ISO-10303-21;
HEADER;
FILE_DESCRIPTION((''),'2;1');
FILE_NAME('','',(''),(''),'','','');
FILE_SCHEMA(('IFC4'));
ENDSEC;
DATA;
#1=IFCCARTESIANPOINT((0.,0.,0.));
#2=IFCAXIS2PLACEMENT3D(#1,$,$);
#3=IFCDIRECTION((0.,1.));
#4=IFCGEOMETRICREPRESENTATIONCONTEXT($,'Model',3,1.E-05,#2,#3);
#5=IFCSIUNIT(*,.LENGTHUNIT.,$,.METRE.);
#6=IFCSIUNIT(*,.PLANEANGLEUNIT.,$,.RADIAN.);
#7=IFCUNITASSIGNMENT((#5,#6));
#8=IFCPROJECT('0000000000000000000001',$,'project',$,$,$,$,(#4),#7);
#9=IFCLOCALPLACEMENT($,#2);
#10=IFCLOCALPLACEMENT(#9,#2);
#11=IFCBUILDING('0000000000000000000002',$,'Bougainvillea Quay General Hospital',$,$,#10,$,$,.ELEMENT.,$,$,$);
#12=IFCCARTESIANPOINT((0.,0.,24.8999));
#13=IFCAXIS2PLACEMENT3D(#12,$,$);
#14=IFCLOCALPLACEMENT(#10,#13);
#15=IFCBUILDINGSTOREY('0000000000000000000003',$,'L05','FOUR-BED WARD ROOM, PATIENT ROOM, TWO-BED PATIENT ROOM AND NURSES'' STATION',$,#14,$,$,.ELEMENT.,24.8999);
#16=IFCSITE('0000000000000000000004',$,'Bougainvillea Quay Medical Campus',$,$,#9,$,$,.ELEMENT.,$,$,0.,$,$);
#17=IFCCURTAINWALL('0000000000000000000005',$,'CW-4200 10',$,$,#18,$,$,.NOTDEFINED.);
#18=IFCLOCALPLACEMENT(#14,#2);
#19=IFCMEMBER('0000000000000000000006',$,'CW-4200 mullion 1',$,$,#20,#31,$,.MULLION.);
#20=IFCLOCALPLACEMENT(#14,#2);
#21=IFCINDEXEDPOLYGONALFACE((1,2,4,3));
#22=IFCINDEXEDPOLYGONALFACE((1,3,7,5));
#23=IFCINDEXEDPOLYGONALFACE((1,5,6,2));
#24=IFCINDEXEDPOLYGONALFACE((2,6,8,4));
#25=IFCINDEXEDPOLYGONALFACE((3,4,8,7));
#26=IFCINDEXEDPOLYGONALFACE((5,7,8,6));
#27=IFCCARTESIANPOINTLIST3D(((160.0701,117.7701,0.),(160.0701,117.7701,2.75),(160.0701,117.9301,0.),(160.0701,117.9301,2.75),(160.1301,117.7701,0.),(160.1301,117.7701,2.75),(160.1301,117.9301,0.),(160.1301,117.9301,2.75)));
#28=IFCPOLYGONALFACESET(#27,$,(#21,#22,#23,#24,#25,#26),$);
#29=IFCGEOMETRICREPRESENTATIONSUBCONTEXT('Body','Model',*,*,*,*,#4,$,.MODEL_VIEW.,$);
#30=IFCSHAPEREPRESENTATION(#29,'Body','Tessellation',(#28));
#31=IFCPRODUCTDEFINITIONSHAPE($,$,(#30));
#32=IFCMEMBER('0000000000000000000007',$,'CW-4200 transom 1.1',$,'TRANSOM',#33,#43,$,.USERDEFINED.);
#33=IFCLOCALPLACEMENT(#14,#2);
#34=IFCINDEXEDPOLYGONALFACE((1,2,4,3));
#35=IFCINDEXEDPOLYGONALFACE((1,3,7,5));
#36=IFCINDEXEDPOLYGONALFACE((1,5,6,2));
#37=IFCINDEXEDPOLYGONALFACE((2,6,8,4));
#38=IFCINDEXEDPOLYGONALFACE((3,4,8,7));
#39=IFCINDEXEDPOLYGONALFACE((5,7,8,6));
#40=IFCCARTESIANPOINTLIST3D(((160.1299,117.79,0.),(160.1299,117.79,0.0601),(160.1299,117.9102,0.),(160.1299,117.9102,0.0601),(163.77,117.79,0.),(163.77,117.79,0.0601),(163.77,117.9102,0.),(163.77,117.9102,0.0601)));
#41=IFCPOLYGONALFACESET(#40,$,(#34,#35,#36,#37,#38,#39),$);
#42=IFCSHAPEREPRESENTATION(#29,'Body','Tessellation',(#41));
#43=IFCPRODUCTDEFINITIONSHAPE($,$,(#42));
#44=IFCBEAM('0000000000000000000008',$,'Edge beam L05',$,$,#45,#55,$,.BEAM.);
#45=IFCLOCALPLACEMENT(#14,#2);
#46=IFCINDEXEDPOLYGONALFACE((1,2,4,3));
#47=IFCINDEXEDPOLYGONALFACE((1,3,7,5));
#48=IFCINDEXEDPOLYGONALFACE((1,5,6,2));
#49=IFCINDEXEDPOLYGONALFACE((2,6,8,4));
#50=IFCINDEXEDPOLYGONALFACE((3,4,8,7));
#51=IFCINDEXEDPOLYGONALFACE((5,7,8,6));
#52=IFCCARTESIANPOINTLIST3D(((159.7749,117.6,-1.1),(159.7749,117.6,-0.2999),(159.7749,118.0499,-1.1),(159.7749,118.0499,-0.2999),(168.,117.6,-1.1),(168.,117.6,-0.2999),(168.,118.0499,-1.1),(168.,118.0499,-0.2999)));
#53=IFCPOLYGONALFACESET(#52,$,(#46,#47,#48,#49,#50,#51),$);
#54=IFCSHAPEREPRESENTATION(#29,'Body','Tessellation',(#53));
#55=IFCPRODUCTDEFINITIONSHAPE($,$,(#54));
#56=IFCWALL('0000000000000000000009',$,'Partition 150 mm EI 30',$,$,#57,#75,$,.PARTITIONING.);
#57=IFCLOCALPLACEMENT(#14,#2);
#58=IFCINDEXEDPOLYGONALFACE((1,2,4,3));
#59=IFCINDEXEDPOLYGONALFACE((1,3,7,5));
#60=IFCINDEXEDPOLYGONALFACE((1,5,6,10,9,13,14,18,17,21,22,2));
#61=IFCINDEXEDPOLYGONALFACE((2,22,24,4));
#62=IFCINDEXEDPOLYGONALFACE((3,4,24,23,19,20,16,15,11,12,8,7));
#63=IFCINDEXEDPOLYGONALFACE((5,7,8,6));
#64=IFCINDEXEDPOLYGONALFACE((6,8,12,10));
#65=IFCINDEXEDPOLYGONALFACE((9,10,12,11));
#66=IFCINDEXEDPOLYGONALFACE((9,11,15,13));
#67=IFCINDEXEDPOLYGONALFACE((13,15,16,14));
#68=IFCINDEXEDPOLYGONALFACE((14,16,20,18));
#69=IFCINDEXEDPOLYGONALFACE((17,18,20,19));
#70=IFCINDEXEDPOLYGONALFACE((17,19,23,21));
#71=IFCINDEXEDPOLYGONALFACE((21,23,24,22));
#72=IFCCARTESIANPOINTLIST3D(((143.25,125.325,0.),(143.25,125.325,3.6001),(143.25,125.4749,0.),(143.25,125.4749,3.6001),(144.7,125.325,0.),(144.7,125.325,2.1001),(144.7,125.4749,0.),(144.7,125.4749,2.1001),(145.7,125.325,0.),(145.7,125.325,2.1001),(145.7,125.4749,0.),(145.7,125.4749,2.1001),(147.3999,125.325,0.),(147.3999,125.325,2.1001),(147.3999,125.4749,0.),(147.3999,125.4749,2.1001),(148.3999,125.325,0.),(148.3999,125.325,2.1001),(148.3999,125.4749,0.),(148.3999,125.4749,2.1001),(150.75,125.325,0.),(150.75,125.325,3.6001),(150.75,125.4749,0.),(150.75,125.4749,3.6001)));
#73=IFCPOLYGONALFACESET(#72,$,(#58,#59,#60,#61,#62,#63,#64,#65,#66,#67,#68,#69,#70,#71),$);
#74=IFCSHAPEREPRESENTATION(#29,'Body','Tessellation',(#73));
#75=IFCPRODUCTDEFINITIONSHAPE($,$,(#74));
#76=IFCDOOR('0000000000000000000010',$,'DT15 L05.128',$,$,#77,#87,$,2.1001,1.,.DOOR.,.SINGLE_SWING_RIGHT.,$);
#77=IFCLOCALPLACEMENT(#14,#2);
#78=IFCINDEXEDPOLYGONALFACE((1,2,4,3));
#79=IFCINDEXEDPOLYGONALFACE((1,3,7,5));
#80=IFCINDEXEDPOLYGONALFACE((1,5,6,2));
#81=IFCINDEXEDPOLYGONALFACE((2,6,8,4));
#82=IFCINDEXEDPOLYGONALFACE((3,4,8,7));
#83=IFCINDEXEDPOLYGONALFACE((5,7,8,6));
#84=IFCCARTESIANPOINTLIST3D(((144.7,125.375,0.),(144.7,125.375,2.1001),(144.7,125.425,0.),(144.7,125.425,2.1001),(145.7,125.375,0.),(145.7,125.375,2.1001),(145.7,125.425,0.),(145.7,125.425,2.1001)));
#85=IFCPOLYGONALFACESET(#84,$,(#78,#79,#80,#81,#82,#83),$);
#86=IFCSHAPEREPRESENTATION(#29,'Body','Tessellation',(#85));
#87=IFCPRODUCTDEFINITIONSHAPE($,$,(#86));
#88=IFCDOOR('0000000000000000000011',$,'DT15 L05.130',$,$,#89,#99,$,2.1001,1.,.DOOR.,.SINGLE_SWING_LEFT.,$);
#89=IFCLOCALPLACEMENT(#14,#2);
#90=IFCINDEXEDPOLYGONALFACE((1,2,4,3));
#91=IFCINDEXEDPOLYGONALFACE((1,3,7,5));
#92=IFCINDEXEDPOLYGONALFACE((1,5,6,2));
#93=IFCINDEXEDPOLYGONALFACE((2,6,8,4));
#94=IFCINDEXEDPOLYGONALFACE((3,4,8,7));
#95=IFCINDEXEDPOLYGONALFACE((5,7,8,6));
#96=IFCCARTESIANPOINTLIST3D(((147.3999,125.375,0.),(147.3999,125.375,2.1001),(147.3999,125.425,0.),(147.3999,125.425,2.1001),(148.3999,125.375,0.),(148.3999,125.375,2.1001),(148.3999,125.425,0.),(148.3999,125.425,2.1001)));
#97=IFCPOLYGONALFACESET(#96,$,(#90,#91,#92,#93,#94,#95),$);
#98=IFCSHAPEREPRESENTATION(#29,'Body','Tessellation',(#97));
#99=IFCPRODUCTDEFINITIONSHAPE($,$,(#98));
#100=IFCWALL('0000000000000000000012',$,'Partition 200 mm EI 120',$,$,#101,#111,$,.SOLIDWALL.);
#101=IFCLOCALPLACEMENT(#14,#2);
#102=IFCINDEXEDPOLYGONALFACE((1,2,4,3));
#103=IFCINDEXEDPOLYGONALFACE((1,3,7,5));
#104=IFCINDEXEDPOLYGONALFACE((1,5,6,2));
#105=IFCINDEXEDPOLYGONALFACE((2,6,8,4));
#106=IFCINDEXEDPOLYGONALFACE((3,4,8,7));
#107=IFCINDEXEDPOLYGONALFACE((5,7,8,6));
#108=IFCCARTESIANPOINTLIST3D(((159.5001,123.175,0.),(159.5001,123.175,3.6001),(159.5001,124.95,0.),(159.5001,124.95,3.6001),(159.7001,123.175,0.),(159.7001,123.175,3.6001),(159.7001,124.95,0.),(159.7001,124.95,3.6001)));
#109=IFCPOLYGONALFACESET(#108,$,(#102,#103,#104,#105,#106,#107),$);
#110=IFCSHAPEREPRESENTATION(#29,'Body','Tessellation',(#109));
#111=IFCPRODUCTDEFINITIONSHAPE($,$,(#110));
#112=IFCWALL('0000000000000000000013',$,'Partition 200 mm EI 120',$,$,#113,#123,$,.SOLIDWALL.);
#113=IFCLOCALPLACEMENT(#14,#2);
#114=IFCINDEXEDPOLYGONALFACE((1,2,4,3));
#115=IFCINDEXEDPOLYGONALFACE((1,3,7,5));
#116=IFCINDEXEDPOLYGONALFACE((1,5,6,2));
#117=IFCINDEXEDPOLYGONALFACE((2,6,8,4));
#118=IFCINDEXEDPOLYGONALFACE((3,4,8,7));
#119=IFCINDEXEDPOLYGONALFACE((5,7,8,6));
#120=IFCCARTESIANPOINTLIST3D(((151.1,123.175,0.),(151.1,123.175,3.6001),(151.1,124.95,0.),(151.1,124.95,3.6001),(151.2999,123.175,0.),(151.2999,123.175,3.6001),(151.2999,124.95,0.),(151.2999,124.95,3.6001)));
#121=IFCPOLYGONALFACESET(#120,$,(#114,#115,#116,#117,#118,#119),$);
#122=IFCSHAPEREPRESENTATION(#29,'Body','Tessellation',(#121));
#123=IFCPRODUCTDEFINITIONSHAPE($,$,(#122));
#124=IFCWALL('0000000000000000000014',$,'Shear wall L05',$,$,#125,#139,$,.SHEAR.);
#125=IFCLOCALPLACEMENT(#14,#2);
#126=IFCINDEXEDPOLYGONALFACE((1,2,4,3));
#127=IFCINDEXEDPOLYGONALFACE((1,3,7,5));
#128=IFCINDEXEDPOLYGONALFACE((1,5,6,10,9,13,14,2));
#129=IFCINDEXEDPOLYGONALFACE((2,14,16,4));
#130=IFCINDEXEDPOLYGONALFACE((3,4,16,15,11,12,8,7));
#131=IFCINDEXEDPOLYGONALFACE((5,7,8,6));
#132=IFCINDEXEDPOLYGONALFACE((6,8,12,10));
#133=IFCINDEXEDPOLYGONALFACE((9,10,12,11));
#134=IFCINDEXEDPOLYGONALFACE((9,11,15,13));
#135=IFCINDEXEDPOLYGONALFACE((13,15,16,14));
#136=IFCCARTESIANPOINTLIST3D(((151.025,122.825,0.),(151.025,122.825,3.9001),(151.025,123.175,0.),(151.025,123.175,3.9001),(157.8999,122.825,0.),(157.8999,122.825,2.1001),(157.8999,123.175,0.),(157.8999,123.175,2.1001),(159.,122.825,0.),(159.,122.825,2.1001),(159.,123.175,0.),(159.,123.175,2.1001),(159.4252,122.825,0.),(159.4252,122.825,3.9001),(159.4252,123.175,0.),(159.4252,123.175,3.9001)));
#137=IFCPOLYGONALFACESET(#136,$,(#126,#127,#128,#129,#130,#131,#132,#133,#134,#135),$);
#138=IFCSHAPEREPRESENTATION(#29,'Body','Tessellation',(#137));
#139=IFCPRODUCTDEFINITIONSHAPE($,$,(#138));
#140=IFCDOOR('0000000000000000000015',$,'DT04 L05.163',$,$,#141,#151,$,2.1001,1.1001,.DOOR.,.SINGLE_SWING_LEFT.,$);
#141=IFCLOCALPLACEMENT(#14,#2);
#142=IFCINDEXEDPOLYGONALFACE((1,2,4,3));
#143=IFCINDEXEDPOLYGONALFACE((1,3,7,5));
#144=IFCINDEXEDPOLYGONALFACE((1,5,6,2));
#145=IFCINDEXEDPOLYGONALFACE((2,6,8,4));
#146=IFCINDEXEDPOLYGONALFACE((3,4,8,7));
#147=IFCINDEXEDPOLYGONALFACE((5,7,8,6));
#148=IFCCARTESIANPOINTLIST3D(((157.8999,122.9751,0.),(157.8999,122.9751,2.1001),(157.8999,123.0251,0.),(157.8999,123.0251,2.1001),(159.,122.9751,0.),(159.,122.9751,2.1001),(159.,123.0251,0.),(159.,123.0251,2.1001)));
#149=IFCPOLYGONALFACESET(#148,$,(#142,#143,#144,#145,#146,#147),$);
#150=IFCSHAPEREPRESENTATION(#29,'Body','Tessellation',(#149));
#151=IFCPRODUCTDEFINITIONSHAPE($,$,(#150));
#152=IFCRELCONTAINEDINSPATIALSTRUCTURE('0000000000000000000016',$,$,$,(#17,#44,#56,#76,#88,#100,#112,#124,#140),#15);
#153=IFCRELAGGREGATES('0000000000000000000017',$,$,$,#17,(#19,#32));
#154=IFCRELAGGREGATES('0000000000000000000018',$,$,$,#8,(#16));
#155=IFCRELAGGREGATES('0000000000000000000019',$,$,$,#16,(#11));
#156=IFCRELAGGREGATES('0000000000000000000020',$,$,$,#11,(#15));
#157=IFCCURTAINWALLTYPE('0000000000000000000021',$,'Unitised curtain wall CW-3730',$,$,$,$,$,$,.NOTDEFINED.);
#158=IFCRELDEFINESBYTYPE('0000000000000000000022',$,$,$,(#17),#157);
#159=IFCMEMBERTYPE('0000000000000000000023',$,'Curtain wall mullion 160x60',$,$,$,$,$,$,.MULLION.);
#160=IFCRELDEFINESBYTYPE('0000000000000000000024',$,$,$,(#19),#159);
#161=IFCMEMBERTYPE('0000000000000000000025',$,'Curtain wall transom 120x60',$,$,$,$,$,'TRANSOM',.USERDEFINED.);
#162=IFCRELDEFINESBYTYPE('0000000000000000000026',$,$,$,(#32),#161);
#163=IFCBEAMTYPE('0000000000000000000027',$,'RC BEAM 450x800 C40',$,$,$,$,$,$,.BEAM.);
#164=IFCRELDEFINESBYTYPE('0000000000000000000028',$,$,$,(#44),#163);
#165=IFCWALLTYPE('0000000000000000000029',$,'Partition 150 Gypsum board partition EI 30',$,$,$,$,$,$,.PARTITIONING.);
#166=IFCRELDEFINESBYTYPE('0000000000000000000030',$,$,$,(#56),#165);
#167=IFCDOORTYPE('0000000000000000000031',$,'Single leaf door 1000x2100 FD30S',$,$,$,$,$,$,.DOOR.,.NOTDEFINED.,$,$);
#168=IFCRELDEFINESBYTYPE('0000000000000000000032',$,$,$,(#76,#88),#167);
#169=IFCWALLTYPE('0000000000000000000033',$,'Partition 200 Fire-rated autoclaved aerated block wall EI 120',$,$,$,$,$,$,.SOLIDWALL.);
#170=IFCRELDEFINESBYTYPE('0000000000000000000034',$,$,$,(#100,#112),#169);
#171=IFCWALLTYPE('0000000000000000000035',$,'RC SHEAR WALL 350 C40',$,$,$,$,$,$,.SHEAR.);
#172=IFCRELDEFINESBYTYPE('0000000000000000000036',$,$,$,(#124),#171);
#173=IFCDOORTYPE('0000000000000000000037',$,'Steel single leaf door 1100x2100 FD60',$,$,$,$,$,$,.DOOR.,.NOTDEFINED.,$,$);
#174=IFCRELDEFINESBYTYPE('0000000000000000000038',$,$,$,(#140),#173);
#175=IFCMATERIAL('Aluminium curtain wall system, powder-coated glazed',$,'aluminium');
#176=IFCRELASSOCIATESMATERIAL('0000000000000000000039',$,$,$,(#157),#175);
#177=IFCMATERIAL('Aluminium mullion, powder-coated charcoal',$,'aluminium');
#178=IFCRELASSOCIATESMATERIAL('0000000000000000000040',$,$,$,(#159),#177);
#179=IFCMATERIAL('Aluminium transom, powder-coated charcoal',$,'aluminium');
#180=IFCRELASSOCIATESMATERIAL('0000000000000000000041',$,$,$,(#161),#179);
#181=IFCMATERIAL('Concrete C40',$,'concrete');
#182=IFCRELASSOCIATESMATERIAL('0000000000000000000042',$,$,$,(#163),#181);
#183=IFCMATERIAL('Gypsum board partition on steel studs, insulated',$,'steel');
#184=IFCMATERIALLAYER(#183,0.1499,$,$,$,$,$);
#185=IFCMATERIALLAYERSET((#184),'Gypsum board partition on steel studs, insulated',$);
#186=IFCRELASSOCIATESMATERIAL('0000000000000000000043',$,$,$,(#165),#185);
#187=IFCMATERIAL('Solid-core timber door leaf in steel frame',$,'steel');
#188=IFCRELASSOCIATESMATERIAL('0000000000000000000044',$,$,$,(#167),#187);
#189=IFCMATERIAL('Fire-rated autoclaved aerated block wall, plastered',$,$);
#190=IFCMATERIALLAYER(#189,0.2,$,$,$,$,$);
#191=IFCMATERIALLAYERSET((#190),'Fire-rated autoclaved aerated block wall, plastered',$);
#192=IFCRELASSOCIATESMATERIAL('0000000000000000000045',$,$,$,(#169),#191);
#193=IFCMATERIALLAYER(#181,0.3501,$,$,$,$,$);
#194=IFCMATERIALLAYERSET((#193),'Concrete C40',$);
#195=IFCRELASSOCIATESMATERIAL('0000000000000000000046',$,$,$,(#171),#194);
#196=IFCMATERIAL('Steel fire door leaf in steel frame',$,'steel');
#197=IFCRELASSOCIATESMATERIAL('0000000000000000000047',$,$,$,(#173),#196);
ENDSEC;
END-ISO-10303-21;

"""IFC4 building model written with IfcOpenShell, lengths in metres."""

from ifc_helpers import new_model, si_unit, direction, frame, frame_2d, origin, origin_2d, place, context, subcontext, project, spatial, rectangle, extrude, material, layer, layer_set, material_profile, profile_set, type_object, element, fill, aggregate, save


model = new_model("IFC4")

# Units and contexts
model_context = context("Model", 3, precision=1e-05, world=origin(), true_north=direction((0.0, 1.0)))
body_context = subcontext(model_context, "Body", "Model", "MODEL_VIEW")
ifc_project = project(units=[si_unit("LENGTHUNIT", "METRE"), si_unit("PLANEANGLEUNIT", "RADIAN")], contexts=[model_context])

# Site, building, storey
site_placement = place(None, origin())
site = spatial("IfcSite", under=ifc_project, at=site_placement, Name="Bougainvillea Quay Medical Campus", CompositionType="ELEMENT", RefElevation=0.0)
building_placement = place(site_placement, origin())
building = spatial("IfcBuilding", under=site, at=building_placement, Name="Bougainvillea Quay General Hospital", CompositionType="ELEMENT")
storey_placement = place(building_placement, frame((0.0, 0.0, 24.8999)))
storey = spatial("IfcBuildingStorey", under=building, at=storey_placement, Name="L05", Description="FOUR-BED WARD ROOM, PATIENT ROOM, TWO-BED PATIENT ROOM AND NURSES' STATION", CompositionType="ELEMENT", Elevation=24.8999)

# Curtain wall, members
ifc_material_1 = material(Name="Aluminium curtain wall system, powder-coated glazed", Category="aluminium")
curtain_wall_type = type_object("IfcCurtainWallType", Name="Unitised curtain wall CW-3730", PredefinedType="NOTDEFINED", material=ifc_material_1)
curtain_wall_placement = place(storey_placement, origin())
curtain_wall = element("IfcCurtainWall", 1, at=curtain_wall_placement, inside=storey, type_object=curtain_wall_type, Name="CW-4200 10", PredefinedType="NOTDEFINED")
ifc_material_2 = material(Name="Aluminium mullion, powder-coated charcoal", Category="aluminium")
ifc_material_profile_1 = material_profile(ifc_material_2, rectangle(XDim=0.1599, YDim=0.0601, at=origin_2d()))
ifc_profile_set_1 = profile_set([ifc_material_profile_1], Name="Aluminium mullion, powder-coated charcoal")
member_type_1 = type_object("IfcMemberType", Name="Curtain wall mullion 160x60", PredefinedType="MULLION", material=ifc_profile_set_1)
member_1_placement = place(storey_placement, frame((160.1001, 117.8501, 0.0), z_axis=(0.0, 0.0, 1.0), x_axis=(0.0, 1.0, 0.0)))
member_1 = element("IfcMember", 2, at=member_1_placement, type_object=member_type_1, Name="CW-4200 mullion 1", PredefinedType="MULLION", context=body_context, shape_type="SweptSolid", body=[
    extrude(rectangle(XDim=0.1599, YDim=0.0601, at=origin_2d()), origin(), (0.0, 0.0, 1.0), 2.75),
])
ifc_material_3 = material(Name="Aluminium transom, powder-coated charcoal", Category="aluminium")
ifc_material_profile_2 = material_profile(ifc_material_3, rectangle(XDim=0.1201, YDim=0.0601, at=origin_2d()))
ifc_profile_set_2 = profile_set([ifc_material_profile_2], Name="Aluminium transom, powder-coated charcoal")
member_type_2 = type_object("IfcMemberType", Name="Curtain wall transom 120x60", ElementType="TRANSOM", PredefinedType="USERDEFINED", material=ifc_profile_set_2)
member_2_placement = place(storey_placement, frame((160.1299, 117.8501, 0.03), z_axis=(1.0, 0.0, 0.0), x_axis=(0.0, 1.0, 0.0)))
member_2 = element("IfcMember", 3, at=member_2_placement, type_object=member_type_2, Name="CW-4200 transom 1.1", ObjectType="TRANSOM", PredefinedType="USERDEFINED", context=body_context, shape_type="SweptSolid", body=[
    extrude(rectangle(XDim=0.1201, YDim=0.0601, at=origin_2d()), origin(), (0.0, 0.0, 1.0), 3.6401),
])
aggregate(curtain_wall, [member_1, member_2])

# Beam
ifc_material_4 = material(Name="Concrete C40", Category="concrete")
ifc_material_profile_3 = material_profile(ifc_material_4, rectangle(XDim=0.45, YDim=0.8, at=origin_2d()))
ifc_profile_set_3 = profile_set([ifc_material_profile_3], Name="Concrete C40")
beam_type = type_object("IfcBeamType", Name="RC BEAM 450x800 C40", PredefinedType="BEAM", material=ifc_profile_set_3)
beam_placement = place(storey_placement, frame((159.7749, 117.825, -0.7), z_axis=(1.0, 0.0, 0.0), x_axis=(0.0, 1.0, 0.0)))
element("IfcBeam", 4, at=beam_placement, inside=storey, type_object=beam_type, Name="Edge beam L05", PredefinedType="BEAM", context=body_context, shape_type="SweptSolid", body=[
    extrude(rectangle(XDim=0.45, YDim=0.8, at=origin_2d()), origin(), (0.0, 0.0, 1.0), 8.2251),
])

# Wall, openings, doors
ifc_material_5 = material(Name="Gypsum board partition on steel studs, insulated", Category="steel")
ifc_layer_1 = layer(ifc_material_5, 0.1499)
ifc_layer_set_1 = layer_set([ifc_layer_1], Name="Gypsum board partition on steel studs, insulated")
wall_type_1 = type_object("IfcWallType", Name="Partition 150 Gypsum board partition EI 30", PredefinedType="PARTITIONING", material=ifc_layer_set_1)
wall_1_placement = place(storey_placement, frame((150.75, 125.3999, 0.0), z_axis=(0.0, 0.0, 1.0), x_axis=(-1.0, 0.0, 0.0)))
wall_1 = element("IfcWall", 5, at=wall_1_placement, inside=storey, type_object=wall_type_1, Name="Partition 150 mm EI 30", PredefinedType="PARTITIONING", context=body_context, shape_type="SweptSolid", body=[
    extrude(rectangle(XDim=7.5, YDim=0.1499, at=frame_2d((3.75, 0.0))), origin(), (0.0, 0.0, 1.0), 3.6001),
])
opening_1_placement = place(wall_1_placement, frame((5.05, 0.0, 0.0)))
opening_1 = element("IfcOpeningElement", 6, at=opening_1_placement, cuts=wall_1, PredefinedType="OPENING", context=body_context, shape_type="SweptSolid", body=[
    extrude(rectangle(XDim=1.0, YDim=2.1001, at=frame_2d((0.5, 1.05))), frame((0.0, 0.085, 0.0), z_axis=(0.0, -1.0, 0.0), x_axis=(1.0, 0.0, 0.0)), (0.0, 0.0, 1.0), 0.1699),
])
opening_2_placement = place(wall_1_placement, frame((2.3501, 0.0, 0.0)))
opening_2 = element("IfcOpeningElement", 7, at=opening_2_placement, cuts=wall_1, PredefinedType="OPENING", context=body_context, shape_type="SweptSolid", body=[
    extrude(rectangle(XDim=1.0, YDim=2.1001, at=frame_2d((0.5, 1.05))), frame((0.0, 0.085, 0.0), z_axis=(0.0, -1.0, 0.0), x_axis=(1.0, 0.0, 0.0)), (0.0, 0.0, 1.0), 0.1699),
])
ifc_material_6 = material(Name="Solid-core timber door leaf in steel frame", Category="steel")
door_type_1 = type_object("IfcDoorType", Name="Single leaf door 1000x2100 FD30S", OperationType="NOTDEFINED", PredefinedType="DOOR", material=ifc_material_6)
door_1_placement = place(opening_1_placement, origin())
door_1 = element("IfcDoor", 8, at=door_1_placement, inside=storey, type_object=door_type_1, Name="DT15 L05.128", OperationType="SINGLE_SWING_RIGHT", OverallHeight=2.1001, OverallWidth=1.0, PredefinedType="DOOR", context=body_context, shape_type="SweptSolid", body=[
    extrude(rectangle(XDim=1.0, YDim=2.1001, at=frame_2d((0.5, 1.05))), frame((0.0, 0.0249, 0.0), z_axis=(0.0, -1.0, 0.0), x_axis=(1.0, 0.0, 0.0)), (0.0, 0.0, 1.0), 0.05),
])
fill(opening_1, door_1)
door_2_placement = place(opening_2_placement, origin())
door_2 = element("IfcDoor", 9, at=door_2_placement, inside=storey, type_object=door_type_1, Name="DT15 L05.130", OperationType="SINGLE_SWING_LEFT", OverallHeight=2.1001, OverallWidth=1.0, PredefinedType="DOOR", context=body_context, shape_type="SweptSolid", body=[
    extrude(rectangle(XDim=1.0, YDim=2.1001, at=frame_2d((0.5, 1.05))), frame((0.0, 0.0249, 0.0), z_axis=(0.0, -1.0, 0.0), x_axis=(1.0, 0.0, 0.0)), (0.0, 0.0, 1.0), 0.05),
])
fill(opening_2, door_2)

# Walls
ifc_material_7 = material(Name="Fire-rated autoclaved aerated block wall, plastered")
ifc_layer_2 = layer(ifc_material_7, 0.2)
ifc_layer_set_2 = layer_set([ifc_layer_2], Name="Fire-rated autoclaved aerated block wall, plastered")
wall_type_2 = type_object("IfcWallType", Name="Partition 200 Fire-rated autoclaved aerated block wall EI 120", PredefinedType="SOLIDWALL", material=ifc_layer_set_2)
for number, where, z_axis, x_axis, name in (
    (10, (159.6001, 123.175, 0.0), (0.0, 0.0, 1.0), (0.0, 1.0, 0.0), "Partition 200 mm EI 120"),
    (11, (151.2, 123.175, 0.0), (0.0, 0.0, 1.0), (0.0, 1.0, 0.0), "Partition 200 mm EI 120"),
):
    element("IfcWall", number, at=place(storey_placement, frame(where, z_axis=z_axis, x_axis=x_axis)), inside=storey, type_object=wall_type_2, Name=name, PredefinedType="SOLIDWALL", context=body_context, shape_type="SweptSolid", body=[
        extrude(rectangle(XDim=1.7749, YDim=0.2, at=frame_2d((0.8875, 0.0))), origin(), (0.0, 0.0, 1.0), 3.6001),
    ])

# Wall, opening, door
ifc_layer_3 = layer(ifc_material_4, 0.3501)
ifc_layer_set_3 = layer_set([ifc_layer_3], Name="Concrete C40")
wall_type_3 = type_object("IfcWallType", Name="RC SHEAR WALL 350 C40", PredefinedType="SHEAR", material=ifc_layer_set_3)
wall_2_placement = place(storey_placement, frame((151.0249, 123.0, 0.0), z_axis=(0.0, 0.0, 1.0), x_axis=(1.0, 0.0, 0.0)))
wall_2 = element("IfcWall", 12, at=wall_2_placement, inside=storey, type_object=wall_type_3, Name="Shear wall L05", PredefinedType="SHEAR", context=body_context, shape_type="SweptSolid", body=[
    extrude(rectangle(XDim=8.4001, YDim=0.3501, at=frame_2d((4.2002, 0.0))), origin(), (0.0, 0.0, 1.0), 3.9001),
])
opening_3_placement = place(wall_2_placement, frame((6.875, 0.0, 0.0)))
opening_3 = element("IfcOpeningElement", 13, at=opening_3_placement, cuts=wall_2, PredefinedType="OPENING", context=body_context, shape_type="SweptSolid", body=[
    extrude(rectangle(XDim=1.1001, YDim=2.1001, at=frame_2d((0.55, 1.05))), frame((0.0, 0.1851, 0.0), z_axis=(0.0, -1.0, 0.0), x_axis=(1.0, 0.0, 0.0)), (0.0, 0.0, 1.0), 0.3701),
])
ifc_material_8 = material(Name="Steel fire door leaf in steel frame", Category="steel")
door_type_2 = type_object("IfcDoorType", Name="Steel single leaf door 1100x2100 FD60", OperationType="NOTDEFINED", PredefinedType="DOOR", material=ifc_material_8)
door_3_placement = place(opening_3_placement, frame((1.1001, 0.0, 0.0), z_axis=(0.0, 0.0, 1.0), x_axis=(-1.0, 0.0, 0.0)))
door_3 = element("IfcDoor", 14, at=door_3_placement, inside=storey, type_object=door_type_2, Name="DT04 L05.163", OperationType="SINGLE_SWING_LEFT", OverallHeight=2.1001, OverallWidth=1.1001, PredefinedType="DOOR", context=body_context, shape_type="SweptSolid", body=[
    extrude(rectangle(XDim=1.1001, YDim=2.1001, at=frame_2d((0.55, 1.05))), frame((0.0, 0.0249, 0.0), z_axis=(0.0, -1.0, 0.0), x_axis=(1.0, 0.0, 0.0)), (0.0, 0.0, 1.0), 0.05),
])
fill(opening_3, door_3)

save(model, "model.ifc")
